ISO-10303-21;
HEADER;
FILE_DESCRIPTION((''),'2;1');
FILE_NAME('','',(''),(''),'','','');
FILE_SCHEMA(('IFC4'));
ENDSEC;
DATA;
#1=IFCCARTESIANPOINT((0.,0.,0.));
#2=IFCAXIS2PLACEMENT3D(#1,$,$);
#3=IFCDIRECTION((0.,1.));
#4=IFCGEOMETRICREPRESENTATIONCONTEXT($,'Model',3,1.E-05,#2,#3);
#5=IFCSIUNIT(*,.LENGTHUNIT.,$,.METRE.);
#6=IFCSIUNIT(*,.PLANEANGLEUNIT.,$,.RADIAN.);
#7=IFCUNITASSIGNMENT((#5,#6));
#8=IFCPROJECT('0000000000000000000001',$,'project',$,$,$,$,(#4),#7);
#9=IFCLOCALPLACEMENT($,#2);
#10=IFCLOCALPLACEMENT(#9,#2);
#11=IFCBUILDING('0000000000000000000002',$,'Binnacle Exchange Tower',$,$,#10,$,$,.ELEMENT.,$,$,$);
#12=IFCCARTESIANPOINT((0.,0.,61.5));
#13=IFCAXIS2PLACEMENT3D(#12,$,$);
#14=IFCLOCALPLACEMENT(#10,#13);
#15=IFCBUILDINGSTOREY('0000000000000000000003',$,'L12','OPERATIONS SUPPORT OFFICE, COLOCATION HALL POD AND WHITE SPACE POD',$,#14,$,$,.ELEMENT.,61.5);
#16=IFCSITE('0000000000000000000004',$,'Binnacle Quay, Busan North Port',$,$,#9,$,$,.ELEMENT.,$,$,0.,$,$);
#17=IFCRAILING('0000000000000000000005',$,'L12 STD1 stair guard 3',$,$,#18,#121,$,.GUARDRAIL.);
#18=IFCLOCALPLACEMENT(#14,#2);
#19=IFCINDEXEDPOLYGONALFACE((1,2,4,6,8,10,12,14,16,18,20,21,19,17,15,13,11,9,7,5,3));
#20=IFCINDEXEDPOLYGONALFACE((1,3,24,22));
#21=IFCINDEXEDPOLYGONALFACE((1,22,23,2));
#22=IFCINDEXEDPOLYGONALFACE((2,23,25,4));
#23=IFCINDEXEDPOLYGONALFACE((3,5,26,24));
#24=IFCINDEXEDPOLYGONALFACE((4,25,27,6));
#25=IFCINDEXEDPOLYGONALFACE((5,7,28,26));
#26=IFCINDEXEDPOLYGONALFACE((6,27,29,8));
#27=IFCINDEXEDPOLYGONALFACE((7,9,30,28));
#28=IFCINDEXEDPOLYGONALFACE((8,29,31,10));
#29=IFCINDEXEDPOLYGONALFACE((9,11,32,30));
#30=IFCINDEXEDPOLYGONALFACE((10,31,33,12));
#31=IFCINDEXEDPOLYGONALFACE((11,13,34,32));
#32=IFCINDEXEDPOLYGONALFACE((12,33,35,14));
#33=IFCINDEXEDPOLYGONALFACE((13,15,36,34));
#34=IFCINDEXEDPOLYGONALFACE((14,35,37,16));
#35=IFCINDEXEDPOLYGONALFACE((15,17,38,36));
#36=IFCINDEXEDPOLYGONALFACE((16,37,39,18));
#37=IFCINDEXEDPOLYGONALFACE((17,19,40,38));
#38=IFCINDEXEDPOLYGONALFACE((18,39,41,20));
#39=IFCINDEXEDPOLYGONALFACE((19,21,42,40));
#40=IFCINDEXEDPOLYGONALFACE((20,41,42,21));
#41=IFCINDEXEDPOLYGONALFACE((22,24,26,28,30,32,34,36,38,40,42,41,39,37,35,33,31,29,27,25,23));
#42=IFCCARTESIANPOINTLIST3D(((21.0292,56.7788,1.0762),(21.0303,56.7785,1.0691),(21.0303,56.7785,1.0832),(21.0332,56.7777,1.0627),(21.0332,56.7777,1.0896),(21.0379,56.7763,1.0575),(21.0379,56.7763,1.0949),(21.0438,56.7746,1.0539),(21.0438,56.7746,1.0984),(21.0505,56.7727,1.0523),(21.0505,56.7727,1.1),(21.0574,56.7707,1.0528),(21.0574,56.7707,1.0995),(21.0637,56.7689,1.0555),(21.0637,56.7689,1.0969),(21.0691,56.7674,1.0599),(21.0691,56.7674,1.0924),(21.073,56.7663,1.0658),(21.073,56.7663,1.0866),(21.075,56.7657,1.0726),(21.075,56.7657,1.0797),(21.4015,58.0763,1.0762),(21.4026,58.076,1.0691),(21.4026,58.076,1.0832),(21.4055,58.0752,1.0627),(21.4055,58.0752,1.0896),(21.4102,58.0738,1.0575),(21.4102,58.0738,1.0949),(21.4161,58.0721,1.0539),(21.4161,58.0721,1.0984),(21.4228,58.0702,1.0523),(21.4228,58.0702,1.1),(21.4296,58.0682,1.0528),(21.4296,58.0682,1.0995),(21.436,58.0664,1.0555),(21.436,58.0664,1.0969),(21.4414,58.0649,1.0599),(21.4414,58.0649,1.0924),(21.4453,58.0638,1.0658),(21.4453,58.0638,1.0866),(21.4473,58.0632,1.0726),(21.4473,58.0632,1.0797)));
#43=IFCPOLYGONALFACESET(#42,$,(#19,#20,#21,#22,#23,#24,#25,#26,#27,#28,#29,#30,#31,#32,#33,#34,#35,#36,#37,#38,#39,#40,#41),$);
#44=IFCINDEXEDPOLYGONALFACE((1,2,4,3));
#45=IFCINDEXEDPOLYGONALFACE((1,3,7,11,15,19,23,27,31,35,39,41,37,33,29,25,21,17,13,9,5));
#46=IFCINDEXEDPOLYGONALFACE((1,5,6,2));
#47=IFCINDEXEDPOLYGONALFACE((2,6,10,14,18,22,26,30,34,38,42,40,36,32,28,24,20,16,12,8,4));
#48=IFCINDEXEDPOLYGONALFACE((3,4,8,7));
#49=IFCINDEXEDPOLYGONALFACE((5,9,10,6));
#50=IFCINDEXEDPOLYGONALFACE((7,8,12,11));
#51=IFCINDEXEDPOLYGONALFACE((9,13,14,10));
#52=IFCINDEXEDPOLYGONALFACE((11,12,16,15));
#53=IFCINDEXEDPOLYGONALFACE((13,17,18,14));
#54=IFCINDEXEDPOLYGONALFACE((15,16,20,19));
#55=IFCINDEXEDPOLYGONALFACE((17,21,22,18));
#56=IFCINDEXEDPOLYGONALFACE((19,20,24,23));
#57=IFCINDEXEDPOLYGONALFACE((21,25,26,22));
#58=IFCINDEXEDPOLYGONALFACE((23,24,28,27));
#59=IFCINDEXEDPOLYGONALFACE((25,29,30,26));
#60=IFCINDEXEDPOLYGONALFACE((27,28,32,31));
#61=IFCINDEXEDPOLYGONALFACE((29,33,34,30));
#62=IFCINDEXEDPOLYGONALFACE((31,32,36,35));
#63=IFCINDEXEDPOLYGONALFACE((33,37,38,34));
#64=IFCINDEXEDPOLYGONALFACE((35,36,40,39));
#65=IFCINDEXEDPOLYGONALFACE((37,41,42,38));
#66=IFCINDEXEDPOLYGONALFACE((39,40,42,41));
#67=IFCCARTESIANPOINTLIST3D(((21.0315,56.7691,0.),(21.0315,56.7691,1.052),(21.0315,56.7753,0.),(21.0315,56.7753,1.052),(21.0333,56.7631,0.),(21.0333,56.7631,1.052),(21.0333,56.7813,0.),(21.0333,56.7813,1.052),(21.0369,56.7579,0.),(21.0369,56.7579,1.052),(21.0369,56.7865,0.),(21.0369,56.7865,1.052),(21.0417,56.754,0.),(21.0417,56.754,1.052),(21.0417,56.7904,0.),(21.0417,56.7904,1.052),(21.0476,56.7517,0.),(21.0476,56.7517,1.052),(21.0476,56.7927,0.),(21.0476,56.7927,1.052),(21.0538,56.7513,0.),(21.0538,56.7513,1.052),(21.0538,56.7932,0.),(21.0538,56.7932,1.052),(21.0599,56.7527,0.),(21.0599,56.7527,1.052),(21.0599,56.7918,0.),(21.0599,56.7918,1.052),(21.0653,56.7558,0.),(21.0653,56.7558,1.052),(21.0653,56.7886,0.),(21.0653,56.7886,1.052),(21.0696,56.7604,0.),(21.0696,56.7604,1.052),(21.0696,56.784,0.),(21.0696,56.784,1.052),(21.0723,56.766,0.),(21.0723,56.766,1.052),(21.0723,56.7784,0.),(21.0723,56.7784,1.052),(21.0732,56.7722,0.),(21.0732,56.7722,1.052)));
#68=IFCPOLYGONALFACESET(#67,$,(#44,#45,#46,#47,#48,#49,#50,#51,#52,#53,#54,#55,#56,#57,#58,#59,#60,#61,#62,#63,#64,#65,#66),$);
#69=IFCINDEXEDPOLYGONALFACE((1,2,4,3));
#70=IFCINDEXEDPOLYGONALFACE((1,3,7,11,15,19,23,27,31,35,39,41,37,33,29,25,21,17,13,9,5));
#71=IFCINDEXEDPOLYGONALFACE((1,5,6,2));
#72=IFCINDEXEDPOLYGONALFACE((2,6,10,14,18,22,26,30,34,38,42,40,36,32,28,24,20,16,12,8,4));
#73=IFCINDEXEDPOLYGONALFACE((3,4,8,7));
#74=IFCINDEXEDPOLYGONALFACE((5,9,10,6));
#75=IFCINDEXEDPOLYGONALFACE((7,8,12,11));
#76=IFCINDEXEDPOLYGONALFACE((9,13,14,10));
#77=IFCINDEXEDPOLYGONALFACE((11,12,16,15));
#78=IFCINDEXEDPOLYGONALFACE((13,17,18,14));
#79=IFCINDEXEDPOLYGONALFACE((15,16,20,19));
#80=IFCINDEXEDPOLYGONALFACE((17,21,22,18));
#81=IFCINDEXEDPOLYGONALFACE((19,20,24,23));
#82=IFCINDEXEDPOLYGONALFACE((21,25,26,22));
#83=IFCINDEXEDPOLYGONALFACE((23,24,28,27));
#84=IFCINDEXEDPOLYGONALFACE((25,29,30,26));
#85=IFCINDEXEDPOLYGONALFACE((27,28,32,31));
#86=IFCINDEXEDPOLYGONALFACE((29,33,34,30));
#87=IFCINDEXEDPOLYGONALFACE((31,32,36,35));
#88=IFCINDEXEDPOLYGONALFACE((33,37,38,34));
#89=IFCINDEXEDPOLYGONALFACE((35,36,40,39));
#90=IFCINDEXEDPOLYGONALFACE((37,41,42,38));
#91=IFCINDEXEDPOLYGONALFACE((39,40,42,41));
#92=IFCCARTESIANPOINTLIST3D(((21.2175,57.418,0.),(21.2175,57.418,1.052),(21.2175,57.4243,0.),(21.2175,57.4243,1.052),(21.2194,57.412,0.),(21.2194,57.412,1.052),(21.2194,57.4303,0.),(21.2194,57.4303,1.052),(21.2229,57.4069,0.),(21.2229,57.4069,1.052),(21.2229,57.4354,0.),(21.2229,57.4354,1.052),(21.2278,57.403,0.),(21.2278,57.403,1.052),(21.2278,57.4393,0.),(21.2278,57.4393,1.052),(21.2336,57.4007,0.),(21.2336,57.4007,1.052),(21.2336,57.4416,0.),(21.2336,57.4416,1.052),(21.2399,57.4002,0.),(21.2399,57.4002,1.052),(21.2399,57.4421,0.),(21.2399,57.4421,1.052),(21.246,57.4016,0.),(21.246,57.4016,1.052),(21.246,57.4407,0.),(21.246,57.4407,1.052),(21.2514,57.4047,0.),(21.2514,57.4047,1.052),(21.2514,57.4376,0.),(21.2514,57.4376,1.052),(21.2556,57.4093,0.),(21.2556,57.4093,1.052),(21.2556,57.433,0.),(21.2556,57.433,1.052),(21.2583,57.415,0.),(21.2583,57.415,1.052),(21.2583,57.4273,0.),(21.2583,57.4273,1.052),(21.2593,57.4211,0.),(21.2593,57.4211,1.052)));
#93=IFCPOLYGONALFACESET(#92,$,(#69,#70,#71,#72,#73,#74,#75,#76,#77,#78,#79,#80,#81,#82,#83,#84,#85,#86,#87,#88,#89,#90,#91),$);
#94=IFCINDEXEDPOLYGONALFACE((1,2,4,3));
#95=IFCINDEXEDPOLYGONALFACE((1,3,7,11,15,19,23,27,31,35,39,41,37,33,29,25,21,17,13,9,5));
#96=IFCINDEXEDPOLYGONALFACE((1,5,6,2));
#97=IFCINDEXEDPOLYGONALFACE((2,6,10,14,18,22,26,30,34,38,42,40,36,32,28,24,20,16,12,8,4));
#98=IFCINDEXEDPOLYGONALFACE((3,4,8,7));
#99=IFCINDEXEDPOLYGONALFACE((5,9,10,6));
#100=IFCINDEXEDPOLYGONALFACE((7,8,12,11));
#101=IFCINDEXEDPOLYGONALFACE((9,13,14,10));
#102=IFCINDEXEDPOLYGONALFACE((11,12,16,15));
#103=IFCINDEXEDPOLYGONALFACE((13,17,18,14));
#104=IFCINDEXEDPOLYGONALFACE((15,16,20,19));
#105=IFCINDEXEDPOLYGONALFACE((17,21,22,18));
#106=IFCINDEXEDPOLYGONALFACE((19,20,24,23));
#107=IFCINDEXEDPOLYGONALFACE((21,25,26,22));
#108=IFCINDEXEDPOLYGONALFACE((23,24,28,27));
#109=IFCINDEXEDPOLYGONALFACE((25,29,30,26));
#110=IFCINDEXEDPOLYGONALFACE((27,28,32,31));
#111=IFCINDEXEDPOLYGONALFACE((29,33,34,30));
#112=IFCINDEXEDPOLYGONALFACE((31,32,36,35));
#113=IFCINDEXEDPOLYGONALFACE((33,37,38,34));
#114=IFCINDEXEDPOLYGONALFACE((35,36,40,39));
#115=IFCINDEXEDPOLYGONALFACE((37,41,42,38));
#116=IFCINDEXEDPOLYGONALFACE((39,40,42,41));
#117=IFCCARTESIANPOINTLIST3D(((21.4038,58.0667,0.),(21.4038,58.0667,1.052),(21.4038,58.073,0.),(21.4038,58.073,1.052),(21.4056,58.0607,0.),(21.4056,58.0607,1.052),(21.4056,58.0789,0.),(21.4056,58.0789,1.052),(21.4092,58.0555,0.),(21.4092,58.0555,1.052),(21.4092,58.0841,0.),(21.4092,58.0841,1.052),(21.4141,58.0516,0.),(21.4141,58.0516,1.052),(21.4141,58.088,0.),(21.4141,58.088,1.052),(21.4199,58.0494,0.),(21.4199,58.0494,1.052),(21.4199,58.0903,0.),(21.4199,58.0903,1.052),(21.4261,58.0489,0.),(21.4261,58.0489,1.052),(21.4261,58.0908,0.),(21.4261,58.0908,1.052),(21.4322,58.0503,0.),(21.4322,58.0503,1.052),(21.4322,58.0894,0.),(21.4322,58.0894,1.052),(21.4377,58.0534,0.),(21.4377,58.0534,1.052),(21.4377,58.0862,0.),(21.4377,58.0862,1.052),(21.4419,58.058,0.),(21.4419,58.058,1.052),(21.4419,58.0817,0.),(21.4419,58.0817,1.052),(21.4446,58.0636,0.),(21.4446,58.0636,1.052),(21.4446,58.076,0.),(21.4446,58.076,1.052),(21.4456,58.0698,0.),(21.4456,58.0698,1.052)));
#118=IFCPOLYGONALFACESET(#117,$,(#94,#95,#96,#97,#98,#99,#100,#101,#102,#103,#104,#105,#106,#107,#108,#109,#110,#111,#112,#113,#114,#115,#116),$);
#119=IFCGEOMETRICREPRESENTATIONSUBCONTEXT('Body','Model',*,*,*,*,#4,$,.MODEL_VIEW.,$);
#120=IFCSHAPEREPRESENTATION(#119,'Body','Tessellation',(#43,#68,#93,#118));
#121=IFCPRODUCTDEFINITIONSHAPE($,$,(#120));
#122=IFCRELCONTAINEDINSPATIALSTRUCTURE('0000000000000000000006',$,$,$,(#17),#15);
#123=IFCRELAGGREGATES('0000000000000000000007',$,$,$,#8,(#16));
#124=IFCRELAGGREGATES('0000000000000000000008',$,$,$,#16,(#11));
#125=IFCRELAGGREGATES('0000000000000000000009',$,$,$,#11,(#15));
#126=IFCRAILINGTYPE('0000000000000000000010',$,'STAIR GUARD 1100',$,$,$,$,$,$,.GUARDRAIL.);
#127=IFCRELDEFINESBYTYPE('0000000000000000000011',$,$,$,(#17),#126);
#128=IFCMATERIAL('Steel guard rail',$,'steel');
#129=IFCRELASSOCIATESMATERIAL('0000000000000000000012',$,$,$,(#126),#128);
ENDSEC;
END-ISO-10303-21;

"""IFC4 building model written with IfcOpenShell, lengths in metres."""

from ifc_helpers import new_model, si_unit, direction, frame, origin, origin_2d, place, context, subcontext, project, spatial, circle, extrude, material, type_object, element, save


model = new_model("IFC4")

# Units and contexts
model_context = context("Model", 3, precision=1e-05, world=origin(), true_north=direction((0.0, 1.0)))
body_context = subcontext(model_context, "Body", "Model", "MODEL_VIEW")
ifc_project = project(units=[si_unit("LENGTHUNIT", "METRE"), si_unit("PLANEANGLEUNIT", "RADIAN")], contexts=[model_context])

# Site, building, storey
site_placement = place(None, origin())
site = spatial("IfcSite", under=ifc_project, at=site_placement, Name="Binnacle Quay, Busan North Port", CompositionType="ELEMENT", RefElevation=0.0)
building_placement = place(site_placement, origin())
building = spatial("IfcBuilding", under=site, at=building_placement, Name="Binnacle Exchange Tower", CompositionType="ELEMENT")
storey_placement = place(building_placement, frame((0.0, 0.0, 61.5)))
storey = spatial("IfcBuildingStorey", under=building, at=storey_placement, Name="L12", Description="OPERATIONS SUPPORT OFFICE, COLOCATION HALL POD AND WHITE SPACE POD", CompositionType="ELEMENT", Elevation=61.5)

# Railing
ifc_material_1 = material(Name="Steel guard rail", Category="steel")
railing_type_1 = type_object("IfcRailingType", Name="STAIR GUARD 1100", PredefinedType="GUARDRAIL", material=ifc_material_1)
railing_1_placement = place(storey_placement, frame((21.0522, 56.7722, 0.0)))
element("IfcRailing", 1, at=railing_1_placement, inside=storey, type_object=railing_type_1, Name="L12 STD1 stair guard 3", PredefinedType="GUARDRAIL", context=body_context, shape_type="SweptSolid", body=[
    extrude(circle(Radius=0.0239, at=origin_2d()), frame((0.0, 0.0, 1.0762), z_axis=(0.275796, 0.961216, 0.0), x_axis=(-0.961216, 0.275796, 0.0)), (0.0, 0.0, 1.0), 1.3499),
    extrude(circle(Radius=0.021, at=origin_2d()), origin(), (0.0, 0.0, 1.0), 1.052),
    extrude(circle(Radius=0.021, at=origin_2d()), frame((0.186, 0.6489, 0.0)), (0.0, 0.0, 1.0), 1.052),
    extrude(circle(Radius=0.021, at=origin_2d()), frame((0.3723, 1.2976, 0.0)), (0.0, 0.0, 1.0), 1.052),
])

save(model, "model.ifc")
